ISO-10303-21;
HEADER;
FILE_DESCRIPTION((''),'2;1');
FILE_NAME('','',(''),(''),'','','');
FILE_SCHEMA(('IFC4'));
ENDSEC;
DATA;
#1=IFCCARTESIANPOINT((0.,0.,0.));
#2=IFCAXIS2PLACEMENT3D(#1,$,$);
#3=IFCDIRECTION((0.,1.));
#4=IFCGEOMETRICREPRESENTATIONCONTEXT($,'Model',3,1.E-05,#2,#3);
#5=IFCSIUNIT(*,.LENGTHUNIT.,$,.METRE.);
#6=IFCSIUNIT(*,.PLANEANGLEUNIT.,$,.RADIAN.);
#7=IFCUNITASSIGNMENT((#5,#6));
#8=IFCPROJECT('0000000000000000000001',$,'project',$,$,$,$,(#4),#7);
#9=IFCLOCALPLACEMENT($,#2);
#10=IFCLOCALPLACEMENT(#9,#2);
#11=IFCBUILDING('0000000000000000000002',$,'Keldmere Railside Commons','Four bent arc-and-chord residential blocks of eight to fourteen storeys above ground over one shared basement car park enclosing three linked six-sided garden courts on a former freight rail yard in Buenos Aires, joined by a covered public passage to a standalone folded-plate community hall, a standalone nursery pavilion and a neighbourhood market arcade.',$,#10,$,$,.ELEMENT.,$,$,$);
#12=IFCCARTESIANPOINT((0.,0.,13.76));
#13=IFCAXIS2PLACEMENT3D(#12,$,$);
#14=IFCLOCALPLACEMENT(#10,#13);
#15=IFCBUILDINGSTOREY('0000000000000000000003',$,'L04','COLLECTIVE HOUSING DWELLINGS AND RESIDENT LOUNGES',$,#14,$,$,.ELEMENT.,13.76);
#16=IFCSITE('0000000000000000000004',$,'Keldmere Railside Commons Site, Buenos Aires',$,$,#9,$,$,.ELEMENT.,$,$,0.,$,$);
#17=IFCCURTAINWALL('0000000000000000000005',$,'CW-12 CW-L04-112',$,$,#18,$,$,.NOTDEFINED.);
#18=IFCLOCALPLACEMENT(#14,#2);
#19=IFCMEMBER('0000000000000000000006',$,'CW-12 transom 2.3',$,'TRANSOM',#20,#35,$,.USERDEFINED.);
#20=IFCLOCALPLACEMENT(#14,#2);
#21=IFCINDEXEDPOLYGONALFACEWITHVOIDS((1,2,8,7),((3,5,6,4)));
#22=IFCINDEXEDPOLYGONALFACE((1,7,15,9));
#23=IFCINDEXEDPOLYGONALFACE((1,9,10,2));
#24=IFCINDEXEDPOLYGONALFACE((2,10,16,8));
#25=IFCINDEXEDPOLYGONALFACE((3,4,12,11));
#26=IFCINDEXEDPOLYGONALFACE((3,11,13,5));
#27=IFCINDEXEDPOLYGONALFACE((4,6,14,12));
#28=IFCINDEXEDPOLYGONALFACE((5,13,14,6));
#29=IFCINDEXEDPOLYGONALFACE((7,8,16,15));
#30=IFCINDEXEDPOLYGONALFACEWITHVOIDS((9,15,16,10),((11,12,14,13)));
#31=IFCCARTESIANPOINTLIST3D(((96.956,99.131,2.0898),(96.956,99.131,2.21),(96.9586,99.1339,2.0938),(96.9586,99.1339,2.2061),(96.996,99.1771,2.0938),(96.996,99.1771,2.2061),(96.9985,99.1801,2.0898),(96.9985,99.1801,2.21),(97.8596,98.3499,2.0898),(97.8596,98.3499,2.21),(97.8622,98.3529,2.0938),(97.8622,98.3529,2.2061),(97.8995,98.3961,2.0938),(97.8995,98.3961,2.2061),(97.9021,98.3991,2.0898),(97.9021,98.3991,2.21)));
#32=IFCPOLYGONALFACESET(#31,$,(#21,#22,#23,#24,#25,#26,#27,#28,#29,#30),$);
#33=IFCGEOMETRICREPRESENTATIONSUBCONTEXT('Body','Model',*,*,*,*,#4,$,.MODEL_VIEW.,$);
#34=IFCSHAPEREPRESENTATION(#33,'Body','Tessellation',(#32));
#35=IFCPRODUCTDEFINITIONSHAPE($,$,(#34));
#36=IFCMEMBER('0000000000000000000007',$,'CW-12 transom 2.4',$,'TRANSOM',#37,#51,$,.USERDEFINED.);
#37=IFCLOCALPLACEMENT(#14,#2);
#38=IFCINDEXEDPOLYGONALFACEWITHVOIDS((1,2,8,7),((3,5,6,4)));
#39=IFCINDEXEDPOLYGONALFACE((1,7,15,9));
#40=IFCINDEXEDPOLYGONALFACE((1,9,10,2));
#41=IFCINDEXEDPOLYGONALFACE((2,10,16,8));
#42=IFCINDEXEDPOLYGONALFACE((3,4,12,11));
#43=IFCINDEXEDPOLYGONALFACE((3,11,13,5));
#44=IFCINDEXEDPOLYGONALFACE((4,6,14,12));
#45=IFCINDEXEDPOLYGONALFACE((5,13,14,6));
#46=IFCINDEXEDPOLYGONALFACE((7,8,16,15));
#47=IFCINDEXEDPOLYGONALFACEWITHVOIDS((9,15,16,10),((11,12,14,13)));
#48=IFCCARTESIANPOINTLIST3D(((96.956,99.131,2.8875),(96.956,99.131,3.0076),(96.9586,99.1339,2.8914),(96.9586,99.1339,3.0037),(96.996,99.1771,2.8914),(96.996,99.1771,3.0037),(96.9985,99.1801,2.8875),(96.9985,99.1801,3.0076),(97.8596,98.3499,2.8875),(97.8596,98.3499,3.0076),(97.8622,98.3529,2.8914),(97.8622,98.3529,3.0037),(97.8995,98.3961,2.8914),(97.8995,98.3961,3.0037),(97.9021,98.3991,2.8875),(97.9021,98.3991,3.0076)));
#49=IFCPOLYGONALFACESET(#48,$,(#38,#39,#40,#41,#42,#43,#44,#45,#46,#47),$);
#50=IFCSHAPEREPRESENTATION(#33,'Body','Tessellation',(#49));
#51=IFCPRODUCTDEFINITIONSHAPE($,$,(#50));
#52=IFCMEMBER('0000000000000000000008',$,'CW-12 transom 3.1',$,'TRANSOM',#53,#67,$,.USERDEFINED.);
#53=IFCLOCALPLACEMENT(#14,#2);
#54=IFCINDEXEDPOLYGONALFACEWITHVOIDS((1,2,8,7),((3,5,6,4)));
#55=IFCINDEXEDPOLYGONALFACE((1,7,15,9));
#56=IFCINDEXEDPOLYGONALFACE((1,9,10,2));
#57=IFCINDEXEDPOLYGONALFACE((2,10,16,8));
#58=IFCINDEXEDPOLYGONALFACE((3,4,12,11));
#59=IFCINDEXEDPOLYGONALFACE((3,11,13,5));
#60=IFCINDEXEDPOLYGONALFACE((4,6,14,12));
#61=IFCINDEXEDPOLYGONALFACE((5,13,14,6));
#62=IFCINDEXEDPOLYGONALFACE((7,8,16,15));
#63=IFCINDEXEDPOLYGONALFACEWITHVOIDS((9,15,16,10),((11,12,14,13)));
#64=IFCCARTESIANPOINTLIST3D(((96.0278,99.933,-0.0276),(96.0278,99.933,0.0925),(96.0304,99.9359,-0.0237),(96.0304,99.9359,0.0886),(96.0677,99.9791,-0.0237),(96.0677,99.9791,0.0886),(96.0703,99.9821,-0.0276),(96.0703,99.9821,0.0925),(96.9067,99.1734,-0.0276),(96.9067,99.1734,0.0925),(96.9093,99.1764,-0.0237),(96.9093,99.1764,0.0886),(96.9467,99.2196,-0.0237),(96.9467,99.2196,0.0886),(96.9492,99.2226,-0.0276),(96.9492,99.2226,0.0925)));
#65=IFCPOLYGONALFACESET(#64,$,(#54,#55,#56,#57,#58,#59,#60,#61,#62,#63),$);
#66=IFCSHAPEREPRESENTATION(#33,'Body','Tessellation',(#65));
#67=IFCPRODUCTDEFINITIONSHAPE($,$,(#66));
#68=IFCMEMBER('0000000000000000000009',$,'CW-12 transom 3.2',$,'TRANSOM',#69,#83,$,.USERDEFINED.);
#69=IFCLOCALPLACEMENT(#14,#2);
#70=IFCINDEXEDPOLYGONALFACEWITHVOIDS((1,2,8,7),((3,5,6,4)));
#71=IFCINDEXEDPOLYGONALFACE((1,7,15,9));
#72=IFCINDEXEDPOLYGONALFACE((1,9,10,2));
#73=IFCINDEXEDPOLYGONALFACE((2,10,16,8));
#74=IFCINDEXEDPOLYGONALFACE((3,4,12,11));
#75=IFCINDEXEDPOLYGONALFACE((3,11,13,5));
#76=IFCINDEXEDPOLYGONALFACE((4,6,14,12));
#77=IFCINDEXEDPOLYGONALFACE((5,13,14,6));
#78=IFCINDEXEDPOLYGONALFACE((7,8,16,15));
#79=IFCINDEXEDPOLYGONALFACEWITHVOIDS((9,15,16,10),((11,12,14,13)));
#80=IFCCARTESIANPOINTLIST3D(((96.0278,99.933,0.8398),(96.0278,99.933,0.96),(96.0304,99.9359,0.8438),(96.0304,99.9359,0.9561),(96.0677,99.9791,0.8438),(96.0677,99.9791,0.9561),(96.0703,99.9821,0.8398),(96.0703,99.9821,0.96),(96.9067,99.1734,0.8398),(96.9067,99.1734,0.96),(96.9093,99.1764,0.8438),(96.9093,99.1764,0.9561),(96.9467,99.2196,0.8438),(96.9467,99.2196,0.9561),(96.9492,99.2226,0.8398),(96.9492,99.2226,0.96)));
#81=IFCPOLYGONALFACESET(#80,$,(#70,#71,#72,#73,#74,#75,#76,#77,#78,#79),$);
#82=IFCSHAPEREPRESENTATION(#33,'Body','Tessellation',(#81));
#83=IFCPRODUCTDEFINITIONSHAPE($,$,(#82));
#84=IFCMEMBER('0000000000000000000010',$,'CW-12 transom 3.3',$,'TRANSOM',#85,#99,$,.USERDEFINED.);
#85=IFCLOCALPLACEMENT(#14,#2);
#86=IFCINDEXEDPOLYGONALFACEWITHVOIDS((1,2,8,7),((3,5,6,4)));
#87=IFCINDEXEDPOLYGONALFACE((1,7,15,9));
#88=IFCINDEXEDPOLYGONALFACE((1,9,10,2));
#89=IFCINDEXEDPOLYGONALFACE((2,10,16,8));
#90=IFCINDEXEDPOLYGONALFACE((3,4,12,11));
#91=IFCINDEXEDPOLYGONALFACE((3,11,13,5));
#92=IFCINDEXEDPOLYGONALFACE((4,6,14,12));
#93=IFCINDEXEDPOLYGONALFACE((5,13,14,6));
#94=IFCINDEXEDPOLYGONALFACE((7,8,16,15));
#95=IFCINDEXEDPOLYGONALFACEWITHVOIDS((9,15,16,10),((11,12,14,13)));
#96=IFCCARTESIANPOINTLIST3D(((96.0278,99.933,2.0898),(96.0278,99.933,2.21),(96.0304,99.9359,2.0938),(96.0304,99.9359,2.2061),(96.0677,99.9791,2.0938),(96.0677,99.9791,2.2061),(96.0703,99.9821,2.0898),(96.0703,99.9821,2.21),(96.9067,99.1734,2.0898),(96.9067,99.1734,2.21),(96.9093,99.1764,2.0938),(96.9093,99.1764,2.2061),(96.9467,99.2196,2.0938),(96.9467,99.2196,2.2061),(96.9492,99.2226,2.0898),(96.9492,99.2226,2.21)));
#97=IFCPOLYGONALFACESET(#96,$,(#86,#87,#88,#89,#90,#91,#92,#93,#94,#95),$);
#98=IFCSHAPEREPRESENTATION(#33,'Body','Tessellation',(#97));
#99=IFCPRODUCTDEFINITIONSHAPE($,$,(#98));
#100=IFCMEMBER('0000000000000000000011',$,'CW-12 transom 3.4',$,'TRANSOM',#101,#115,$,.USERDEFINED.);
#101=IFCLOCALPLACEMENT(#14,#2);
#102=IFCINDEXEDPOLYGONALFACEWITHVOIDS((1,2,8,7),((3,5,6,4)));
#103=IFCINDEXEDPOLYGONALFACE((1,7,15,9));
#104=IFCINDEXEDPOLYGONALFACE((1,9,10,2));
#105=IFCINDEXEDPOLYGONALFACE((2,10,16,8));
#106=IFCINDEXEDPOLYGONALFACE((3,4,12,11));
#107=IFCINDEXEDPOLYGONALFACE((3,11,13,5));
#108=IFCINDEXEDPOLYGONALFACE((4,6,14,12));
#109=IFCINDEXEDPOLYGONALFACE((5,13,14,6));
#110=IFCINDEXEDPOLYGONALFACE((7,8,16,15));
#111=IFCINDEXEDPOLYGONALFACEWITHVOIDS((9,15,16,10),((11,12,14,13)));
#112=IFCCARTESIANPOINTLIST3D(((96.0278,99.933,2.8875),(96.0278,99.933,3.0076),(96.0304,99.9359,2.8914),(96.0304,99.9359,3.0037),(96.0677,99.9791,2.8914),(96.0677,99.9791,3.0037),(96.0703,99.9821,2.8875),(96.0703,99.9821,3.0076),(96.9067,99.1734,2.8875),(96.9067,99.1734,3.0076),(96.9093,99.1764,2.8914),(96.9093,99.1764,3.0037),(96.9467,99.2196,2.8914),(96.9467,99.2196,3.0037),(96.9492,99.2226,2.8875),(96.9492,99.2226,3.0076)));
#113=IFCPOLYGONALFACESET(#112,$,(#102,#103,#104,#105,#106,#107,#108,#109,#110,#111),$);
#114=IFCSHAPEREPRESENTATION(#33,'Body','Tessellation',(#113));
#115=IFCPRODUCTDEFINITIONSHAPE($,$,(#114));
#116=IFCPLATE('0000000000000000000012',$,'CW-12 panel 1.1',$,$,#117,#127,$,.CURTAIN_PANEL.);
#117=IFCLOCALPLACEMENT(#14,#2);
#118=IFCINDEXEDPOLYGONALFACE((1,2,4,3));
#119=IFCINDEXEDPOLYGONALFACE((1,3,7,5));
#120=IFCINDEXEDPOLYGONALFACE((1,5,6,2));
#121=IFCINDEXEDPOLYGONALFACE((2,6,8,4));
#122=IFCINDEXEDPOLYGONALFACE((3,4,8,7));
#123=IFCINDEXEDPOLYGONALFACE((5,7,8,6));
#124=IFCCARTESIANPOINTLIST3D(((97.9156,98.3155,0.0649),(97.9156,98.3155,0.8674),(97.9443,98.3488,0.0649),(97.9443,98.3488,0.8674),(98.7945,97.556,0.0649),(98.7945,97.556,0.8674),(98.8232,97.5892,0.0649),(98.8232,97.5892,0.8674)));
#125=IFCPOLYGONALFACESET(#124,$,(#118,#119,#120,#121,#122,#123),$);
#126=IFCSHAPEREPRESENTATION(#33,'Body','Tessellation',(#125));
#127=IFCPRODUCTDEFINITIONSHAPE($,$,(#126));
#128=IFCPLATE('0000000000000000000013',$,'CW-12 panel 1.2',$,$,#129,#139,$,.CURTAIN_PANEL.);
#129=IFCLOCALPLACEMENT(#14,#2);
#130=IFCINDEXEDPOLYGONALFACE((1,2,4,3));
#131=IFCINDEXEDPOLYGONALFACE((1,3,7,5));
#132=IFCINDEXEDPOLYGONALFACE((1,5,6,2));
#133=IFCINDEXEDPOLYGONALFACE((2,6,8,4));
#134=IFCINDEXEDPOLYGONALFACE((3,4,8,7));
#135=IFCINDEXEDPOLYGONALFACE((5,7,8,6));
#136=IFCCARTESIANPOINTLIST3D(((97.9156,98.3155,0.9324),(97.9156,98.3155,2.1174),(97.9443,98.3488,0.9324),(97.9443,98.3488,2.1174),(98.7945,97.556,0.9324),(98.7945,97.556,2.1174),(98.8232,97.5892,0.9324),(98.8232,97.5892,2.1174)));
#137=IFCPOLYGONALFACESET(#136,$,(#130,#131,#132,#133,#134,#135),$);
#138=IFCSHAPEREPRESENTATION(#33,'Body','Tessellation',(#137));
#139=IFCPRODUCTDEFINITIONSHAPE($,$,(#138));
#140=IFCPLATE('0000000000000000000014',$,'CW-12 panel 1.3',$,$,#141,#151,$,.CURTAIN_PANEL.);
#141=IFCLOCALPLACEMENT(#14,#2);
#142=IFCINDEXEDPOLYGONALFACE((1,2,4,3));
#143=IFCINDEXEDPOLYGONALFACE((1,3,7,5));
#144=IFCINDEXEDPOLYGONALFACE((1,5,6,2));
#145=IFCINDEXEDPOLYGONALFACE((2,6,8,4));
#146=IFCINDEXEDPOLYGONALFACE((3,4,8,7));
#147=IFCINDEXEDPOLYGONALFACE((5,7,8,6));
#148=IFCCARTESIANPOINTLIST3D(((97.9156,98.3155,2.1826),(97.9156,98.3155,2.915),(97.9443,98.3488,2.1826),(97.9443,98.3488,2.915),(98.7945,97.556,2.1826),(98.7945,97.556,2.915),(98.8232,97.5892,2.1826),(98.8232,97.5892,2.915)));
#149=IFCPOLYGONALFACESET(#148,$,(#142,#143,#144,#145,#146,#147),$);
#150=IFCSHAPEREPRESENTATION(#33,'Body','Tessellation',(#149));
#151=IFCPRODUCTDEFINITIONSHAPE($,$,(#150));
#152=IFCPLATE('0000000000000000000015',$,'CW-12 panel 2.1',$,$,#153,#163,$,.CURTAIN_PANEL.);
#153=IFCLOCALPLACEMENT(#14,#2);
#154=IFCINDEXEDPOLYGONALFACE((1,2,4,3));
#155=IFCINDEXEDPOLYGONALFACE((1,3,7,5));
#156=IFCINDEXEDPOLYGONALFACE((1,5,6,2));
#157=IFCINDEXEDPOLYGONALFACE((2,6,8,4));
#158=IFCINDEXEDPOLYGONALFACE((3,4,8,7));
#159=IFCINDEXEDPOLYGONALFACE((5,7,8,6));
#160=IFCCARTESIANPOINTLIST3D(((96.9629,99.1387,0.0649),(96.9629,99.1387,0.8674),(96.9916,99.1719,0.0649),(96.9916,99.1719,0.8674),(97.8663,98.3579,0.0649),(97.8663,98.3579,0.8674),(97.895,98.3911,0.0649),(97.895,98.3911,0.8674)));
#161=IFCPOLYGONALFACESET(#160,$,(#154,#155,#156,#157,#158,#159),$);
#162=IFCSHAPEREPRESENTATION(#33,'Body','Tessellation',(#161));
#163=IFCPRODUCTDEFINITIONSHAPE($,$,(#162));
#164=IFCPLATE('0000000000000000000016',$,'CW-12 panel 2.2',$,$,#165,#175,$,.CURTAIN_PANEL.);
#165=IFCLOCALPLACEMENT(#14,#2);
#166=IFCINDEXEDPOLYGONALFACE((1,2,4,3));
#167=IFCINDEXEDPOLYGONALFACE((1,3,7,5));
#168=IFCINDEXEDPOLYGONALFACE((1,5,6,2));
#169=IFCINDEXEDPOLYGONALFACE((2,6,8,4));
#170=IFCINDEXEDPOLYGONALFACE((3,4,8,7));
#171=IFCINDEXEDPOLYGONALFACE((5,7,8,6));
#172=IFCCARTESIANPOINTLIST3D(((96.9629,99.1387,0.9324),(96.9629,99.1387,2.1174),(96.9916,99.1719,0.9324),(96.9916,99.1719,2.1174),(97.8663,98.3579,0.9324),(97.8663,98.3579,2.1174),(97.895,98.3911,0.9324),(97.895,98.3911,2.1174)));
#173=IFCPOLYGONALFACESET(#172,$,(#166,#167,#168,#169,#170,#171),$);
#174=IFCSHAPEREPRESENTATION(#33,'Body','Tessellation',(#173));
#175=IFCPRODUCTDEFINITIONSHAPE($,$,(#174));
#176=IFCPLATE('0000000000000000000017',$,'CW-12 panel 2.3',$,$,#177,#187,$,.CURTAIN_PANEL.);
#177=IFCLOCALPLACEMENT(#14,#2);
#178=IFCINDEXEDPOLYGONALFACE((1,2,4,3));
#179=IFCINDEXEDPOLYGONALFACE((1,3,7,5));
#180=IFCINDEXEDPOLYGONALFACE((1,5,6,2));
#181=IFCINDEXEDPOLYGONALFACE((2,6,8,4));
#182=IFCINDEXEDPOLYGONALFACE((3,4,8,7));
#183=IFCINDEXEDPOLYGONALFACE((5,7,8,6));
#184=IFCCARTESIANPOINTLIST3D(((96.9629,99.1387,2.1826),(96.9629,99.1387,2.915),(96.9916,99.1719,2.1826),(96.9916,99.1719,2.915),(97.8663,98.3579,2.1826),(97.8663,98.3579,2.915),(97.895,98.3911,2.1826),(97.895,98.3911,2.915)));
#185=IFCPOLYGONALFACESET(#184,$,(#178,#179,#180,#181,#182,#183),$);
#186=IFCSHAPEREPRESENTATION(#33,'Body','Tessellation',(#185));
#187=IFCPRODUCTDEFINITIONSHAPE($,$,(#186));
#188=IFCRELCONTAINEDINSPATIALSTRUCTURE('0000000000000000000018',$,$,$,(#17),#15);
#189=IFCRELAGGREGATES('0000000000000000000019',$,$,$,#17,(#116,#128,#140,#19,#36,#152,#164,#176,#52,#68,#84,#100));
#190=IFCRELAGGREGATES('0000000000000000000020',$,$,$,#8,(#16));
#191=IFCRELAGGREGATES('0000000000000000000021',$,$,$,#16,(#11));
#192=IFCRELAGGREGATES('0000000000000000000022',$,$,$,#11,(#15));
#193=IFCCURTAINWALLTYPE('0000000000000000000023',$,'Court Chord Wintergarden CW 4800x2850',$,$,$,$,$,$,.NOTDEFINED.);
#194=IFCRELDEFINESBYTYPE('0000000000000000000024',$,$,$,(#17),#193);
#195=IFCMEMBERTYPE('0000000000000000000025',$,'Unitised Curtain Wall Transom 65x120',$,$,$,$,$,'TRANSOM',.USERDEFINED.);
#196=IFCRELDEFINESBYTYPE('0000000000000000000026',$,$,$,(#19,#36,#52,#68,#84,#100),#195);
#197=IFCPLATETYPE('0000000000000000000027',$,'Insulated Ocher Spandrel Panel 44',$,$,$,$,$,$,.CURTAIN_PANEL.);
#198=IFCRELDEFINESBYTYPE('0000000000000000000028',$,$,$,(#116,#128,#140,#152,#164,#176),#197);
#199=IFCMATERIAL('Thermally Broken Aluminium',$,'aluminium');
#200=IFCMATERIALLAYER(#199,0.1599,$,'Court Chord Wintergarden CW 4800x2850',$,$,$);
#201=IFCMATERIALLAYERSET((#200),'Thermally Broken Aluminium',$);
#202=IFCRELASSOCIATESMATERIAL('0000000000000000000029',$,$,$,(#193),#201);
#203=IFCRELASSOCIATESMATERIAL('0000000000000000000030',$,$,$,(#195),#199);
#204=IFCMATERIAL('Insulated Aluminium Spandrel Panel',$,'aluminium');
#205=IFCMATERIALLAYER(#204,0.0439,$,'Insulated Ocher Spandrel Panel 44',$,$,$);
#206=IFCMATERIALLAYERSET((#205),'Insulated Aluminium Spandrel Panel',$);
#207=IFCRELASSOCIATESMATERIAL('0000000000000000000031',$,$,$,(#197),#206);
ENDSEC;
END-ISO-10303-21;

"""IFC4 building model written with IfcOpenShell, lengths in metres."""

from ifc_helpers import new_model, si_unit, direction, frame, origin, origin_2d, place, context, subcontext, project, spatial, rectangle, hollow_rectangle, extrude, material, layer, layer_set, material_profile, profile_set, type_object, element, aggregate, save


model = new_model("IFC4")

# Units and contexts
model_context = context("Model", 3, precision=1e-05, world=origin(), true_north=direction((0.0, 1.0)))
body_context = subcontext(model_context, "Body", "Model", "MODEL_VIEW")
ifc_project = project(units=[si_unit("LENGTHUNIT", "METRE"), si_unit("PLANEANGLEUNIT", "RADIAN")], contexts=[model_context])

# Site, building, storey
site_placement = place(None, origin())
site = spatial("IfcSite", under=ifc_project, at=site_placement, Name="Keldmere Railside Commons Site, Buenos Aires", CompositionType="ELEMENT", RefElevation=0.0)
building_placement = place(site_placement, origin())
building = spatial("IfcBuilding", under=site, at=building_placement, Name="Keldmere Railside Commons", Description="Four bent arc-and-chord residential blocks of eight to fourteen storeys above ground over one shared basement car park enclosing three linked six-sided garden courts on a former freight rail yard in Buenos Aires, joined by a covered public passage to a standalone folded-plate community hall, a standalone nursery pavilion and a neighbourhood market arcade.", CompositionType="ELEMENT")
storey_placement = place(building_placement, frame((0.0, 0.0, 13.76)))
storey = spatial("IfcBuildingStorey", under=building, at=storey_placement, Name="L04", Description="COLLECTIVE HOUSING DWELLINGS AND RESIDENT LOUNGES", CompositionType="ELEMENT", Elevation=13.76)

# Curtain wall, members, plates
ifc_material_1 = material(Name="Thermally Broken Aluminium", Category="aluminium")
ifc_layer_1 = layer(ifc_material_1, 0.1599, Name="Court Chord Wintergarden CW 4800x2850")
ifc_layer_set_1 = layer_set([ifc_layer_1], Name="Thermally Broken Aluminium")
curtain_wall_type = type_object("IfcCurtainWallType", Name="Court Chord Wintergarden CW 4800x2850", PredefinedType="NOTDEFINED", material=ifc_layer_set_1)
curtain_wall_placement = place(storey_placement, origin())
curtain_wall = element("IfcCurtainWall", 1, at=curtain_wall_placement, inside=storey, type_object=curtain_wall_type, Name="CW-12 CW-L04-112", PredefinedType="NOTDEFINED")
ifc_material_profile_1 = material_profile(ifc_material_1, hollow_rectangle(XDim=0.0649, YDim=0.1201, WallThickness=0.0039, at=origin_2d()), Name="ALU-TRAN-65x120")
ifc_profile_set_1 = profile_set([ifc_material_profile_1], Name="Thermally Broken Aluminium")
member_type_1 = type_object("IfcMemberType", Name="Unitised Curtain Wall Transom 65x120", ElementType="TRANSOM", PredefinedType="USERDEFINED", material=ifc_profile_set_1)
member_1_placement = place(storey_placement, frame((97.8809, 98.3745, 2.1499), z_axis=(-0.756552, 0.653934, 0.0), x_axis=(-0.653934, -0.756552, 0.0)))
member_1 = element("IfcMember", 2, at=member_1_placement, type_object=member_type_1, Name="CW-12 transom 2.3", ObjectType="TRANSOM", PredefinedType="USERDEFINED", context=body_context, shape_type="SweptSolid", body=[
    extrude(hollow_rectangle(XDim=0.0649, YDim=0.1201, WallThickness=0.0039, at=origin_2d()), origin(), (0.0, 0.0, 1.0), 1.1943),
])
member_2_placement = place(storey_placement, frame((97.8809, 98.3745, 2.9475), z_axis=(-0.756552, 0.653934, 0.0), x_axis=(-0.653934, -0.756552, 0.0)))
member_2 = element("IfcMember", 3, at=member_2_placement, type_object=member_type_1, Name="CW-12 transom 2.4", ObjectType="TRANSOM", PredefinedType="USERDEFINED", context=body_context, shape_type="SweptSolid", body=[
    extrude(hollow_rectangle(XDim=0.0649, YDim=0.1201, WallThickness=0.0039, at=origin_2d()), origin(), (0.0, 0.0, 1.0), 1.1943),
])
member_3_placement = place(storey_placement, frame((96.928, 99.198, 0.0325), z_axis=(-0.756624, 0.65385, 0.0), x_axis=(-0.65385, -0.756624, 0.0)))
member_3 = element("IfcMember", 4, at=member_3_placement, type_object=member_type_1, Name="CW-12 transom 3.1", ObjectType="TRANSOM", PredefinedType="USERDEFINED", context=body_context, shape_type="SweptSolid", body=[
    extrude(hollow_rectangle(XDim=0.0649, YDim=0.1201, WallThickness=0.0039, at=origin_2d()), origin(), (0.0, 0.0, 1.0), 1.1616),
])
member_4_placement = place(storey_placement, frame((96.928, 99.198, 0.8999), z_axis=(-0.756624, 0.65385, 0.0), x_axis=(-0.65385, -0.756624, 0.0)))
member_4 = element("IfcMember", 5, at=member_4_placement, type_object=member_type_1, Name="CW-12 transom 3.2", ObjectType="TRANSOM", PredefinedType="USERDEFINED", context=body_context, shape_type="SweptSolid", body=[
    extrude(hollow_rectangle(XDim=0.0649, YDim=0.1201, WallThickness=0.0039, at=origin_2d()), origin(), (0.0, 0.0, 1.0), 1.1616),
])
member_5_placement = place(storey_placement, frame((96.928, 99.198, 2.1499), z_axis=(-0.756624, 0.65385, 0.0), x_axis=(-0.65385, -0.756624, 0.0)))
member_5 = element("IfcMember", 6, at=member_5_placement, type_object=member_type_1, Name="CW-12 transom 3.3", ObjectType="TRANSOM", PredefinedType="USERDEFINED", context=body_context, shape_type="SweptSolid", body=[
    extrude(hollow_rectangle(XDim=0.0649, YDim=0.1201, WallThickness=0.0039, at=origin_2d()), origin(), (0.0, 0.0, 1.0), 1.1616),
])
member_6_placement = place(storey_placement, frame((96.928, 99.198, 2.9475), z_axis=(-0.756624, 0.65385, 0.0), x_axis=(-0.65385, -0.756624, 0.0)))
member_6 = element("IfcMember", 7, at=member_6_placement, type_object=member_type_1, Name="CW-12 transom 3.4", ObjectType="TRANSOM", PredefinedType="USERDEFINED", context=body_context, shape_type="SweptSolid", body=[
    extrude(hollow_rectangle(XDim=0.0649, YDim=0.1201, WallThickness=0.0039, at=origin_2d()), origin(), (0.0, 0.0, 1.0), 1.1616),
])
ifc_material_2 = material(Name="Insulated Aluminium Spandrel Panel", Category="aluminium")
ifc_layer_2 = layer(ifc_material_2, 0.0439, Name="Insulated Ocher Spandrel Panel 44")
ifc_layer_set_2 = layer_set([ifc_layer_2], Name="Insulated Aluminium Spandrel Panel")
plate_type = type_object("IfcPlateType", Name="Insulated Ocher Spandrel Panel 44", PredefinedType="CURTAIN_PANEL", material=ifc_layer_set_2)
plate_1_placement = place(storey_placement, frame((98.3694, 97.9524, 0.0649), z_axis=(0.0, 0.0, 1.0), x_axis=(-0.756597, 0.653882, 0.0)))
plate_1 = element("IfcPlate", 8, at=plate_1_placement, type_object=plate_type, Name="CW-12 panel 1.1", PredefinedType="CURTAIN_PANEL", context=body_context, shape_type="SweptSolid", body=[
    extrude(rectangle(XDim=1.1616, YDim=0.0439, at=origin_2d()), origin(), (0.0, 0.0, 1.0), 0.8025),
])
plate_2_placement = place(storey_placement, frame((98.3694, 97.9524, 0.9324), z_axis=(0.0, 0.0, 1.0), x_axis=(-0.756597, 0.653882, 0.0)))
plate_2 = element("IfcPlate", 9, at=plate_2_placement, type_object=plate_type, Name="CW-12 panel 1.2", PredefinedType="CURTAIN_PANEL", context=body_context, shape_type="SweptSolid", body=[
    extrude(rectangle(XDim=1.1616, YDim=0.0439, at=origin_2d()), origin(), (0.0, 0.0, 1.0), 1.1851),
])
plate_3_placement = place(storey_placement, frame((98.3694, 97.9524, 2.1826), z_axis=(0.0, 0.0, 1.0), x_axis=(-0.756597, 0.653882, 0.0)))
plate_3 = element("IfcPlate", 10, at=plate_3_placement, type_object=plate_type, Name="CW-12 panel 1.3", PredefinedType="CURTAIN_PANEL", context=body_context, shape_type="SweptSolid", body=[
    extrude(rectangle(XDim=1.1616, YDim=0.0439, at=origin_2d()), origin(), (0.0, 0.0, 1.0), 0.7324),
])
plate_4_placement = place(storey_placement, frame((97.429, 98.7649, 0.0649), z_axis=(0.0, 0.0, 1.0), x_axis=(-0.756597, 0.653882, 0.0)))
plate_4 = element("IfcPlate", 11, at=plate_4_placement, type_object=plate_type, Name="CW-12 panel 2.1", PredefinedType="CURTAIN_PANEL", context=body_context, shape_type="SweptSolid", body=[
    extrude(rectangle(XDim=1.1941, YDim=0.0439, at=origin_2d()), origin(), (0.0, 0.0, 1.0), 0.8025),
])
plate_5_placement = place(storey_placement, frame((97.429, 98.7649, 0.9324), z_axis=(0.0, 0.0, 1.0), x_axis=(-0.756597, 0.653882, 0.0)))
plate_5 = element("IfcPlate", 12, at=plate_5_placement, type_object=plate_type, Name="CW-12 panel 2.2", PredefinedType="CURTAIN_PANEL", context=body_context, shape_type="SweptSolid", body=[
    extrude(rectangle(XDim=1.1941, YDim=0.0439, at=origin_2d()), origin(), (0.0, 0.0, 1.0), 1.1851),
])
plate_6_placement = place(storey_placement, frame((97.429, 98.7649, 2.1826), z_axis=(0.0, 0.0, 1.0), x_axis=(-0.756597, 0.653882, 0.0)))
plate_6 = element("IfcPlate", 13, at=plate_6_placement, type_object=plate_type, Name="CW-12 panel 2.3", PredefinedType="CURTAIN_PANEL", context=body_context, shape_type="SweptSolid", body=[
    extrude(rectangle(XDim=1.1941, YDim=0.0439, at=origin_2d()), origin(), (0.0, 0.0, 1.0), 0.7324),
])
aggregate(curtain_wall, [plate_1, plate_2, plate_3, member_1, member_2, plate_4, plate_5, plate_6, member_3, member_4, member_5, member_6])

save(model, "model.ifc")
